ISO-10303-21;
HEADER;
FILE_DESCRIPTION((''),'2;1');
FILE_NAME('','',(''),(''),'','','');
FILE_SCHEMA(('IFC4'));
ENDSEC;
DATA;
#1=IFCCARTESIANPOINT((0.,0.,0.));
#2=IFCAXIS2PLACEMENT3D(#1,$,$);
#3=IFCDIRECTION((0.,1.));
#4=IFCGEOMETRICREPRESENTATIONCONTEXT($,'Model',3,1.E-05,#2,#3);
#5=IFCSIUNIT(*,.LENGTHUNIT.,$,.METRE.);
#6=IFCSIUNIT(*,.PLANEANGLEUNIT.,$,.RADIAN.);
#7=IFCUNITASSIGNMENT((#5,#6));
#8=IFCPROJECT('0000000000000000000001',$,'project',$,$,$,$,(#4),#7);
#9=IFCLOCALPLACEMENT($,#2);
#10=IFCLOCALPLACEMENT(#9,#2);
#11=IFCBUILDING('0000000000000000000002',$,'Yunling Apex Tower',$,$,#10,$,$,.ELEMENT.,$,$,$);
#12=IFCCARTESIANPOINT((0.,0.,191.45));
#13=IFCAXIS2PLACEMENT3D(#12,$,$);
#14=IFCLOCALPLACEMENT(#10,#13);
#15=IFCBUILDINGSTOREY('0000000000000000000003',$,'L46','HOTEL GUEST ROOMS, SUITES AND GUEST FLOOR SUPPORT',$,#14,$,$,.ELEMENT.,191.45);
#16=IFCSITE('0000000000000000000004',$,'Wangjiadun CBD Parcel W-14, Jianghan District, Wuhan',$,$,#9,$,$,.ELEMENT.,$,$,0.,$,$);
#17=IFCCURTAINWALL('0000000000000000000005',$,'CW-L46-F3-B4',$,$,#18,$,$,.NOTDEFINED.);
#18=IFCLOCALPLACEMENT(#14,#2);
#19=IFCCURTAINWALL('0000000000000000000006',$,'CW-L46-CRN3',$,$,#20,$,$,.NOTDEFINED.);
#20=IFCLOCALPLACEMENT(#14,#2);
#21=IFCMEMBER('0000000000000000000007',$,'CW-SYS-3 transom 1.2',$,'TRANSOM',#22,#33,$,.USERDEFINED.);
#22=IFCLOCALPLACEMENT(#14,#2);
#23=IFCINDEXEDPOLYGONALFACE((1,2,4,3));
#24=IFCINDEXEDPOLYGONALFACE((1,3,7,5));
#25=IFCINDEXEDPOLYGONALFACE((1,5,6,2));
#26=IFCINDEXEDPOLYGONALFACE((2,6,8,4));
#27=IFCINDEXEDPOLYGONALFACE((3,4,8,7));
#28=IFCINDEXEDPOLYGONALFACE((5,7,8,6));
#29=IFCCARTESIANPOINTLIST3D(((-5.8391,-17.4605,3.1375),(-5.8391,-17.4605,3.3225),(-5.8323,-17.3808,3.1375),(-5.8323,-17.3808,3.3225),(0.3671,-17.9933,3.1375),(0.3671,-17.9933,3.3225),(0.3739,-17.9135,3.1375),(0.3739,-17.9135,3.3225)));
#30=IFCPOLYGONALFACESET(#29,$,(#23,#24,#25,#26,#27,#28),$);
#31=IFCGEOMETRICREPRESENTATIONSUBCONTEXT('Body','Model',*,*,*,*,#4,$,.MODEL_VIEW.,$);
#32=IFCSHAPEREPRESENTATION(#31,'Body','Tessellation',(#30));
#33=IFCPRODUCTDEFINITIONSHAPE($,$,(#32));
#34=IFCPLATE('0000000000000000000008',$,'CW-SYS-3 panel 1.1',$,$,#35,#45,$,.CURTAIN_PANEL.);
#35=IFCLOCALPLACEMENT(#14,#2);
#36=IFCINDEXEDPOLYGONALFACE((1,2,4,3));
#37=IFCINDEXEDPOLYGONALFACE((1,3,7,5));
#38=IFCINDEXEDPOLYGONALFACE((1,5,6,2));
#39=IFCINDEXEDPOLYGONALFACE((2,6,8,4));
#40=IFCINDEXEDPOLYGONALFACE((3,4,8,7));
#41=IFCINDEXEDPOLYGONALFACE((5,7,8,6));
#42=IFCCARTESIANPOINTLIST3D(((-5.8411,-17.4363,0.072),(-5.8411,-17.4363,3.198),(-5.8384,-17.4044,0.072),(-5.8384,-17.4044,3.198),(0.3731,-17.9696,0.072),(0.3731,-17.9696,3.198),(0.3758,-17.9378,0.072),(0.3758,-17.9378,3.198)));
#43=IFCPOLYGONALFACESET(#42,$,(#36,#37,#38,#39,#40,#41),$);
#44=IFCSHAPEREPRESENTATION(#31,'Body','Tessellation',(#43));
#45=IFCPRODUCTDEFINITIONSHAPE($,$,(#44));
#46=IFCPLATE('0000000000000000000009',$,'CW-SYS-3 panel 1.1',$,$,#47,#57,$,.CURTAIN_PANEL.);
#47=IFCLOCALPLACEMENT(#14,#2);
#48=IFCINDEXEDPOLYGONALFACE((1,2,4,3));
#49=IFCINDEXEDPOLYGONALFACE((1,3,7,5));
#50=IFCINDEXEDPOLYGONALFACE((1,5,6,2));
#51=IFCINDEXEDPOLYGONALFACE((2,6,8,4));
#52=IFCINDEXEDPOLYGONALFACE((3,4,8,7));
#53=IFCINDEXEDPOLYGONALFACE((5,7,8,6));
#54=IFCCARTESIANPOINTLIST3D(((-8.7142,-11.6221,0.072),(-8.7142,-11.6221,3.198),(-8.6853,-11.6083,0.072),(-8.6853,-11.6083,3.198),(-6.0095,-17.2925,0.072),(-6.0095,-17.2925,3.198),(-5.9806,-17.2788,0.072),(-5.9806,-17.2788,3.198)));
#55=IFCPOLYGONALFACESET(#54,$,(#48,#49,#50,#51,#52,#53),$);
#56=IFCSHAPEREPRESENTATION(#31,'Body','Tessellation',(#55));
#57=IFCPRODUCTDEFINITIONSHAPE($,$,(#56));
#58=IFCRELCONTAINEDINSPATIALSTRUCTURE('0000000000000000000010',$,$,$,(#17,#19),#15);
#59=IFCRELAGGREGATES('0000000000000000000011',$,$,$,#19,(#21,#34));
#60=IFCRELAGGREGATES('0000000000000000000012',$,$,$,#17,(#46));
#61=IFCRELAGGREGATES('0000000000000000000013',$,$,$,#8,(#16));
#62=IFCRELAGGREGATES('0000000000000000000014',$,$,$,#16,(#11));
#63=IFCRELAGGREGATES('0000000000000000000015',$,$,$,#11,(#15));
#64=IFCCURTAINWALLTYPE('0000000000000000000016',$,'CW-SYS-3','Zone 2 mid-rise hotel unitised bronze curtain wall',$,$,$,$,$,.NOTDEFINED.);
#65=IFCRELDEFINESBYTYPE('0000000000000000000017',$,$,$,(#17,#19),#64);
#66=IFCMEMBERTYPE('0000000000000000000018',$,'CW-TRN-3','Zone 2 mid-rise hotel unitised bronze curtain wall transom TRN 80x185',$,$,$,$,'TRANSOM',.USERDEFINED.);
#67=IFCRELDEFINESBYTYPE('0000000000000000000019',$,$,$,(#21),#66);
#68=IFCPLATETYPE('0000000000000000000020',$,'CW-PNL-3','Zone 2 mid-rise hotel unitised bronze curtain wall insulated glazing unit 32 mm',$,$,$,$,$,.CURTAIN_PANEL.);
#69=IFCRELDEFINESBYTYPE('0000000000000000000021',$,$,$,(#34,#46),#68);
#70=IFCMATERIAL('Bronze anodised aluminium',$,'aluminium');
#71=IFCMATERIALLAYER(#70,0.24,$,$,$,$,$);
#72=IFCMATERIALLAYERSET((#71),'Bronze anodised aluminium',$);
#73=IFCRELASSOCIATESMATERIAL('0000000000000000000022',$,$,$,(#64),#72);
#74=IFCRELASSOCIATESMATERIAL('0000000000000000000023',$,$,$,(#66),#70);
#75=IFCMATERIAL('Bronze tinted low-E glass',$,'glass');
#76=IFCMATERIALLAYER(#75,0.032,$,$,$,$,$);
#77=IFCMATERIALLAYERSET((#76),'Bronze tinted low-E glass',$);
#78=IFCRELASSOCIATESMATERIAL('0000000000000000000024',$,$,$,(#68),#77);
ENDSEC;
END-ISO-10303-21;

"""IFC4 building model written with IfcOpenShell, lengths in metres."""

from ifc_helpers import new_model, si_unit, direction, frame, origin, origin_2d, place, context, subcontext, project, spatial, rectangle, extrude, source, transform, mapped, material, layer, layer_set, material_profile, profile_set, type_object, element, aggregate, save


model = new_model("IFC4")

# Units and contexts
model_context = context("Model", 3, precision=1e-05, world=origin(), true_north=direction((0.0, 1.0)))
body_context = subcontext(model_context, "Body", "Model", "MODEL_VIEW")
ifc_project = project(units=[si_unit("LENGTHUNIT", "METRE"), si_unit("PLANEANGLEUNIT", "RADIAN")], contexts=[model_context])

# Site, building, storey
site_placement = place(None, origin())
site = spatial("IfcSite", under=ifc_project, at=site_placement, Name="Wangjiadun CBD Parcel W-14, Jianghan District, Wuhan", CompositionType="ELEMENT", RefElevation=0.0)
building_placement = place(site_placement, origin())
building = spatial("IfcBuilding", under=site, at=building_placement, Name="Yunling Apex Tower", CompositionType="ELEMENT")
storey_placement = place(building_placement, frame((0.0, 0.0, 191.45)))
storey = spatial("IfcBuildingStorey", under=building, at=storey_placement, Name="L46", Description="HOTEL GUEST ROOMS, SUITES AND GUEST FLOOR SUPPORT", CompositionType="ELEMENT", Elevation=191.45)

# Curtain wall
ifc_material_1 = material(Name="Bronze anodised aluminium", Category="aluminium")
ifc_layer_1 = layer(ifc_material_1, 0.24)
ifc_layer_set_1 = layer_set([ifc_layer_1], Name="Bronze anodised aluminium")
curtain_wall_type = type_object("IfcCurtainWallType", Name="CW-SYS-3", Description="Zone 2 mid-rise hotel unitised bronze curtain wall", PredefinedType="NOTDEFINED", material=ifc_layer_set_1)
curtain_wall_1_placement = place(storey_placement, origin())
curtain_wall_1 = element("IfcCurtainWall", 1, at=curtain_wall_1_placement, inside=storey, type_object=curtain_wall_type, Name="CW-L46-F3-B4", PredefinedType="NOTDEFINED")

# Curtain wall
curtain_wall_2_placement = place(storey_placement, origin())
curtain_wall_2 = element("IfcCurtainWall", 2, at=curtain_wall_2_placement, inside=storey, type_object=curtain_wall_type, Name="CW-L46-CRN3", PredefinedType="NOTDEFINED")

# Member
ifc_material_profile_1 = material_profile(ifc_material_1, rectangle(XDim=0.0801, YDim=0.1851, at=origin_2d()))
ifc_profile_set_1 = profile_set([ifc_material_profile_1], Name="Bronze anodised aluminium")
member_type_1 = type_object("IfcMemberType", Name="CW-TRN-3", Description="Zone 2 mid-rise hotel unitised bronze curtain wall transom TRN 80x185", ElementType="TRANSOM", PredefinedType="USERDEFINED", material=ifc_profile_set_1)
shared_shape_1 = source(origin(), body_context, "Body", "SweptSolid", [
    extrude(rectangle(XDim=0.0801, YDim=0.1851, at=origin_2d()), origin(), (0.0, 0.0, 1.0), 6.229),
])
member_1_placement = place(storey_placement, frame((-5.8357, -17.4207, 3.23), z_axis=(0.996336, -0.08552, 0.0), x_axis=(0.08552, 0.996336, 0.0)))
member_1 = element("IfcMember", 3, at=member_1_placement, type_object=member_type_1, Name="CW-SYS-3 transom 1.2", ObjectType="TRANSOM", PredefinedType="USERDEFINED", context=body_context, shape_type="MappedRepresentation", body=[
    mapped(shared_shape_1, transform((0.0, 0.0, 0.0), scale=1.0)),
])

# Plates
ifc_material_2 = material(Name="Bronze tinted low-E glass", Category="glass")
ifc_layer_2 = layer(ifc_material_2, 0.032)
ifc_layer_set_2 = layer_set([ifc_layer_2], Name="Bronze tinted low-E glass")
plate_type = type_object("IfcPlateType", Name="CW-PNL-3", Description="Zone 2 mid-rise hotel unitised bronze curtain wall insulated glazing unit 32 mm", PredefinedType="CURTAIN_PANEL", material=ifc_layer_set_2)
shared_shape_2 = source(origin(), body_context, "Body", "SweptSolid", [
    extrude(rectangle(XDim=6.2371, YDim=0.032, at=origin_2d()), origin(), (0.0, 0.0, 1.0), 3.126),
])
plate_1_placement = place(storey_placement, frame((-2.7327, -17.687, 0.072), z_axis=(0.0, 0.0, 1.0), x_axis=(0.996337, -0.085517, 0.0)))
plate_1 = element("IfcPlate", 4, at=plate_1_placement, type_object=plate_type, Name="CW-SYS-3 panel 1.1", PredefinedType="CURTAIN_PANEL", context=body_context, shape_type="MappedRepresentation", body=[
    mapped(shared_shape_2, transform((0.0, 0.0, 0.0), scale=1.0)),
])
aggregate(curtain_wall_2, [member_1, plate_1])
shared_shape_3 = source(origin(), body_context, "Body", "SweptSolid", [
    extrude(rectangle(XDim=6.2825, YDim=0.032, at=origin_2d()), origin(), (0.0, 0.0, 1.0), 3.126),
])
plate_2_placement = place(storey_placement, frame((-7.3474, -14.4504, 0.072), z_axis=(0.0, 0.0, 1.0), x_axis=(0.430518, -0.902582, 0.0)))
plate_2 = element("IfcPlate", 5, at=plate_2_placement, type_object=plate_type, Name="CW-SYS-3 panel 1.1", PredefinedType="CURTAIN_PANEL", context=body_context, shape_type="MappedRepresentation", body=[
    mapped(shared_shape_3, transform((0.0, 0.0, 0.0), scale=1.0)),
])
aggregate(curtain_wall_1, [plate_2])

save(model, "model.ifc")
